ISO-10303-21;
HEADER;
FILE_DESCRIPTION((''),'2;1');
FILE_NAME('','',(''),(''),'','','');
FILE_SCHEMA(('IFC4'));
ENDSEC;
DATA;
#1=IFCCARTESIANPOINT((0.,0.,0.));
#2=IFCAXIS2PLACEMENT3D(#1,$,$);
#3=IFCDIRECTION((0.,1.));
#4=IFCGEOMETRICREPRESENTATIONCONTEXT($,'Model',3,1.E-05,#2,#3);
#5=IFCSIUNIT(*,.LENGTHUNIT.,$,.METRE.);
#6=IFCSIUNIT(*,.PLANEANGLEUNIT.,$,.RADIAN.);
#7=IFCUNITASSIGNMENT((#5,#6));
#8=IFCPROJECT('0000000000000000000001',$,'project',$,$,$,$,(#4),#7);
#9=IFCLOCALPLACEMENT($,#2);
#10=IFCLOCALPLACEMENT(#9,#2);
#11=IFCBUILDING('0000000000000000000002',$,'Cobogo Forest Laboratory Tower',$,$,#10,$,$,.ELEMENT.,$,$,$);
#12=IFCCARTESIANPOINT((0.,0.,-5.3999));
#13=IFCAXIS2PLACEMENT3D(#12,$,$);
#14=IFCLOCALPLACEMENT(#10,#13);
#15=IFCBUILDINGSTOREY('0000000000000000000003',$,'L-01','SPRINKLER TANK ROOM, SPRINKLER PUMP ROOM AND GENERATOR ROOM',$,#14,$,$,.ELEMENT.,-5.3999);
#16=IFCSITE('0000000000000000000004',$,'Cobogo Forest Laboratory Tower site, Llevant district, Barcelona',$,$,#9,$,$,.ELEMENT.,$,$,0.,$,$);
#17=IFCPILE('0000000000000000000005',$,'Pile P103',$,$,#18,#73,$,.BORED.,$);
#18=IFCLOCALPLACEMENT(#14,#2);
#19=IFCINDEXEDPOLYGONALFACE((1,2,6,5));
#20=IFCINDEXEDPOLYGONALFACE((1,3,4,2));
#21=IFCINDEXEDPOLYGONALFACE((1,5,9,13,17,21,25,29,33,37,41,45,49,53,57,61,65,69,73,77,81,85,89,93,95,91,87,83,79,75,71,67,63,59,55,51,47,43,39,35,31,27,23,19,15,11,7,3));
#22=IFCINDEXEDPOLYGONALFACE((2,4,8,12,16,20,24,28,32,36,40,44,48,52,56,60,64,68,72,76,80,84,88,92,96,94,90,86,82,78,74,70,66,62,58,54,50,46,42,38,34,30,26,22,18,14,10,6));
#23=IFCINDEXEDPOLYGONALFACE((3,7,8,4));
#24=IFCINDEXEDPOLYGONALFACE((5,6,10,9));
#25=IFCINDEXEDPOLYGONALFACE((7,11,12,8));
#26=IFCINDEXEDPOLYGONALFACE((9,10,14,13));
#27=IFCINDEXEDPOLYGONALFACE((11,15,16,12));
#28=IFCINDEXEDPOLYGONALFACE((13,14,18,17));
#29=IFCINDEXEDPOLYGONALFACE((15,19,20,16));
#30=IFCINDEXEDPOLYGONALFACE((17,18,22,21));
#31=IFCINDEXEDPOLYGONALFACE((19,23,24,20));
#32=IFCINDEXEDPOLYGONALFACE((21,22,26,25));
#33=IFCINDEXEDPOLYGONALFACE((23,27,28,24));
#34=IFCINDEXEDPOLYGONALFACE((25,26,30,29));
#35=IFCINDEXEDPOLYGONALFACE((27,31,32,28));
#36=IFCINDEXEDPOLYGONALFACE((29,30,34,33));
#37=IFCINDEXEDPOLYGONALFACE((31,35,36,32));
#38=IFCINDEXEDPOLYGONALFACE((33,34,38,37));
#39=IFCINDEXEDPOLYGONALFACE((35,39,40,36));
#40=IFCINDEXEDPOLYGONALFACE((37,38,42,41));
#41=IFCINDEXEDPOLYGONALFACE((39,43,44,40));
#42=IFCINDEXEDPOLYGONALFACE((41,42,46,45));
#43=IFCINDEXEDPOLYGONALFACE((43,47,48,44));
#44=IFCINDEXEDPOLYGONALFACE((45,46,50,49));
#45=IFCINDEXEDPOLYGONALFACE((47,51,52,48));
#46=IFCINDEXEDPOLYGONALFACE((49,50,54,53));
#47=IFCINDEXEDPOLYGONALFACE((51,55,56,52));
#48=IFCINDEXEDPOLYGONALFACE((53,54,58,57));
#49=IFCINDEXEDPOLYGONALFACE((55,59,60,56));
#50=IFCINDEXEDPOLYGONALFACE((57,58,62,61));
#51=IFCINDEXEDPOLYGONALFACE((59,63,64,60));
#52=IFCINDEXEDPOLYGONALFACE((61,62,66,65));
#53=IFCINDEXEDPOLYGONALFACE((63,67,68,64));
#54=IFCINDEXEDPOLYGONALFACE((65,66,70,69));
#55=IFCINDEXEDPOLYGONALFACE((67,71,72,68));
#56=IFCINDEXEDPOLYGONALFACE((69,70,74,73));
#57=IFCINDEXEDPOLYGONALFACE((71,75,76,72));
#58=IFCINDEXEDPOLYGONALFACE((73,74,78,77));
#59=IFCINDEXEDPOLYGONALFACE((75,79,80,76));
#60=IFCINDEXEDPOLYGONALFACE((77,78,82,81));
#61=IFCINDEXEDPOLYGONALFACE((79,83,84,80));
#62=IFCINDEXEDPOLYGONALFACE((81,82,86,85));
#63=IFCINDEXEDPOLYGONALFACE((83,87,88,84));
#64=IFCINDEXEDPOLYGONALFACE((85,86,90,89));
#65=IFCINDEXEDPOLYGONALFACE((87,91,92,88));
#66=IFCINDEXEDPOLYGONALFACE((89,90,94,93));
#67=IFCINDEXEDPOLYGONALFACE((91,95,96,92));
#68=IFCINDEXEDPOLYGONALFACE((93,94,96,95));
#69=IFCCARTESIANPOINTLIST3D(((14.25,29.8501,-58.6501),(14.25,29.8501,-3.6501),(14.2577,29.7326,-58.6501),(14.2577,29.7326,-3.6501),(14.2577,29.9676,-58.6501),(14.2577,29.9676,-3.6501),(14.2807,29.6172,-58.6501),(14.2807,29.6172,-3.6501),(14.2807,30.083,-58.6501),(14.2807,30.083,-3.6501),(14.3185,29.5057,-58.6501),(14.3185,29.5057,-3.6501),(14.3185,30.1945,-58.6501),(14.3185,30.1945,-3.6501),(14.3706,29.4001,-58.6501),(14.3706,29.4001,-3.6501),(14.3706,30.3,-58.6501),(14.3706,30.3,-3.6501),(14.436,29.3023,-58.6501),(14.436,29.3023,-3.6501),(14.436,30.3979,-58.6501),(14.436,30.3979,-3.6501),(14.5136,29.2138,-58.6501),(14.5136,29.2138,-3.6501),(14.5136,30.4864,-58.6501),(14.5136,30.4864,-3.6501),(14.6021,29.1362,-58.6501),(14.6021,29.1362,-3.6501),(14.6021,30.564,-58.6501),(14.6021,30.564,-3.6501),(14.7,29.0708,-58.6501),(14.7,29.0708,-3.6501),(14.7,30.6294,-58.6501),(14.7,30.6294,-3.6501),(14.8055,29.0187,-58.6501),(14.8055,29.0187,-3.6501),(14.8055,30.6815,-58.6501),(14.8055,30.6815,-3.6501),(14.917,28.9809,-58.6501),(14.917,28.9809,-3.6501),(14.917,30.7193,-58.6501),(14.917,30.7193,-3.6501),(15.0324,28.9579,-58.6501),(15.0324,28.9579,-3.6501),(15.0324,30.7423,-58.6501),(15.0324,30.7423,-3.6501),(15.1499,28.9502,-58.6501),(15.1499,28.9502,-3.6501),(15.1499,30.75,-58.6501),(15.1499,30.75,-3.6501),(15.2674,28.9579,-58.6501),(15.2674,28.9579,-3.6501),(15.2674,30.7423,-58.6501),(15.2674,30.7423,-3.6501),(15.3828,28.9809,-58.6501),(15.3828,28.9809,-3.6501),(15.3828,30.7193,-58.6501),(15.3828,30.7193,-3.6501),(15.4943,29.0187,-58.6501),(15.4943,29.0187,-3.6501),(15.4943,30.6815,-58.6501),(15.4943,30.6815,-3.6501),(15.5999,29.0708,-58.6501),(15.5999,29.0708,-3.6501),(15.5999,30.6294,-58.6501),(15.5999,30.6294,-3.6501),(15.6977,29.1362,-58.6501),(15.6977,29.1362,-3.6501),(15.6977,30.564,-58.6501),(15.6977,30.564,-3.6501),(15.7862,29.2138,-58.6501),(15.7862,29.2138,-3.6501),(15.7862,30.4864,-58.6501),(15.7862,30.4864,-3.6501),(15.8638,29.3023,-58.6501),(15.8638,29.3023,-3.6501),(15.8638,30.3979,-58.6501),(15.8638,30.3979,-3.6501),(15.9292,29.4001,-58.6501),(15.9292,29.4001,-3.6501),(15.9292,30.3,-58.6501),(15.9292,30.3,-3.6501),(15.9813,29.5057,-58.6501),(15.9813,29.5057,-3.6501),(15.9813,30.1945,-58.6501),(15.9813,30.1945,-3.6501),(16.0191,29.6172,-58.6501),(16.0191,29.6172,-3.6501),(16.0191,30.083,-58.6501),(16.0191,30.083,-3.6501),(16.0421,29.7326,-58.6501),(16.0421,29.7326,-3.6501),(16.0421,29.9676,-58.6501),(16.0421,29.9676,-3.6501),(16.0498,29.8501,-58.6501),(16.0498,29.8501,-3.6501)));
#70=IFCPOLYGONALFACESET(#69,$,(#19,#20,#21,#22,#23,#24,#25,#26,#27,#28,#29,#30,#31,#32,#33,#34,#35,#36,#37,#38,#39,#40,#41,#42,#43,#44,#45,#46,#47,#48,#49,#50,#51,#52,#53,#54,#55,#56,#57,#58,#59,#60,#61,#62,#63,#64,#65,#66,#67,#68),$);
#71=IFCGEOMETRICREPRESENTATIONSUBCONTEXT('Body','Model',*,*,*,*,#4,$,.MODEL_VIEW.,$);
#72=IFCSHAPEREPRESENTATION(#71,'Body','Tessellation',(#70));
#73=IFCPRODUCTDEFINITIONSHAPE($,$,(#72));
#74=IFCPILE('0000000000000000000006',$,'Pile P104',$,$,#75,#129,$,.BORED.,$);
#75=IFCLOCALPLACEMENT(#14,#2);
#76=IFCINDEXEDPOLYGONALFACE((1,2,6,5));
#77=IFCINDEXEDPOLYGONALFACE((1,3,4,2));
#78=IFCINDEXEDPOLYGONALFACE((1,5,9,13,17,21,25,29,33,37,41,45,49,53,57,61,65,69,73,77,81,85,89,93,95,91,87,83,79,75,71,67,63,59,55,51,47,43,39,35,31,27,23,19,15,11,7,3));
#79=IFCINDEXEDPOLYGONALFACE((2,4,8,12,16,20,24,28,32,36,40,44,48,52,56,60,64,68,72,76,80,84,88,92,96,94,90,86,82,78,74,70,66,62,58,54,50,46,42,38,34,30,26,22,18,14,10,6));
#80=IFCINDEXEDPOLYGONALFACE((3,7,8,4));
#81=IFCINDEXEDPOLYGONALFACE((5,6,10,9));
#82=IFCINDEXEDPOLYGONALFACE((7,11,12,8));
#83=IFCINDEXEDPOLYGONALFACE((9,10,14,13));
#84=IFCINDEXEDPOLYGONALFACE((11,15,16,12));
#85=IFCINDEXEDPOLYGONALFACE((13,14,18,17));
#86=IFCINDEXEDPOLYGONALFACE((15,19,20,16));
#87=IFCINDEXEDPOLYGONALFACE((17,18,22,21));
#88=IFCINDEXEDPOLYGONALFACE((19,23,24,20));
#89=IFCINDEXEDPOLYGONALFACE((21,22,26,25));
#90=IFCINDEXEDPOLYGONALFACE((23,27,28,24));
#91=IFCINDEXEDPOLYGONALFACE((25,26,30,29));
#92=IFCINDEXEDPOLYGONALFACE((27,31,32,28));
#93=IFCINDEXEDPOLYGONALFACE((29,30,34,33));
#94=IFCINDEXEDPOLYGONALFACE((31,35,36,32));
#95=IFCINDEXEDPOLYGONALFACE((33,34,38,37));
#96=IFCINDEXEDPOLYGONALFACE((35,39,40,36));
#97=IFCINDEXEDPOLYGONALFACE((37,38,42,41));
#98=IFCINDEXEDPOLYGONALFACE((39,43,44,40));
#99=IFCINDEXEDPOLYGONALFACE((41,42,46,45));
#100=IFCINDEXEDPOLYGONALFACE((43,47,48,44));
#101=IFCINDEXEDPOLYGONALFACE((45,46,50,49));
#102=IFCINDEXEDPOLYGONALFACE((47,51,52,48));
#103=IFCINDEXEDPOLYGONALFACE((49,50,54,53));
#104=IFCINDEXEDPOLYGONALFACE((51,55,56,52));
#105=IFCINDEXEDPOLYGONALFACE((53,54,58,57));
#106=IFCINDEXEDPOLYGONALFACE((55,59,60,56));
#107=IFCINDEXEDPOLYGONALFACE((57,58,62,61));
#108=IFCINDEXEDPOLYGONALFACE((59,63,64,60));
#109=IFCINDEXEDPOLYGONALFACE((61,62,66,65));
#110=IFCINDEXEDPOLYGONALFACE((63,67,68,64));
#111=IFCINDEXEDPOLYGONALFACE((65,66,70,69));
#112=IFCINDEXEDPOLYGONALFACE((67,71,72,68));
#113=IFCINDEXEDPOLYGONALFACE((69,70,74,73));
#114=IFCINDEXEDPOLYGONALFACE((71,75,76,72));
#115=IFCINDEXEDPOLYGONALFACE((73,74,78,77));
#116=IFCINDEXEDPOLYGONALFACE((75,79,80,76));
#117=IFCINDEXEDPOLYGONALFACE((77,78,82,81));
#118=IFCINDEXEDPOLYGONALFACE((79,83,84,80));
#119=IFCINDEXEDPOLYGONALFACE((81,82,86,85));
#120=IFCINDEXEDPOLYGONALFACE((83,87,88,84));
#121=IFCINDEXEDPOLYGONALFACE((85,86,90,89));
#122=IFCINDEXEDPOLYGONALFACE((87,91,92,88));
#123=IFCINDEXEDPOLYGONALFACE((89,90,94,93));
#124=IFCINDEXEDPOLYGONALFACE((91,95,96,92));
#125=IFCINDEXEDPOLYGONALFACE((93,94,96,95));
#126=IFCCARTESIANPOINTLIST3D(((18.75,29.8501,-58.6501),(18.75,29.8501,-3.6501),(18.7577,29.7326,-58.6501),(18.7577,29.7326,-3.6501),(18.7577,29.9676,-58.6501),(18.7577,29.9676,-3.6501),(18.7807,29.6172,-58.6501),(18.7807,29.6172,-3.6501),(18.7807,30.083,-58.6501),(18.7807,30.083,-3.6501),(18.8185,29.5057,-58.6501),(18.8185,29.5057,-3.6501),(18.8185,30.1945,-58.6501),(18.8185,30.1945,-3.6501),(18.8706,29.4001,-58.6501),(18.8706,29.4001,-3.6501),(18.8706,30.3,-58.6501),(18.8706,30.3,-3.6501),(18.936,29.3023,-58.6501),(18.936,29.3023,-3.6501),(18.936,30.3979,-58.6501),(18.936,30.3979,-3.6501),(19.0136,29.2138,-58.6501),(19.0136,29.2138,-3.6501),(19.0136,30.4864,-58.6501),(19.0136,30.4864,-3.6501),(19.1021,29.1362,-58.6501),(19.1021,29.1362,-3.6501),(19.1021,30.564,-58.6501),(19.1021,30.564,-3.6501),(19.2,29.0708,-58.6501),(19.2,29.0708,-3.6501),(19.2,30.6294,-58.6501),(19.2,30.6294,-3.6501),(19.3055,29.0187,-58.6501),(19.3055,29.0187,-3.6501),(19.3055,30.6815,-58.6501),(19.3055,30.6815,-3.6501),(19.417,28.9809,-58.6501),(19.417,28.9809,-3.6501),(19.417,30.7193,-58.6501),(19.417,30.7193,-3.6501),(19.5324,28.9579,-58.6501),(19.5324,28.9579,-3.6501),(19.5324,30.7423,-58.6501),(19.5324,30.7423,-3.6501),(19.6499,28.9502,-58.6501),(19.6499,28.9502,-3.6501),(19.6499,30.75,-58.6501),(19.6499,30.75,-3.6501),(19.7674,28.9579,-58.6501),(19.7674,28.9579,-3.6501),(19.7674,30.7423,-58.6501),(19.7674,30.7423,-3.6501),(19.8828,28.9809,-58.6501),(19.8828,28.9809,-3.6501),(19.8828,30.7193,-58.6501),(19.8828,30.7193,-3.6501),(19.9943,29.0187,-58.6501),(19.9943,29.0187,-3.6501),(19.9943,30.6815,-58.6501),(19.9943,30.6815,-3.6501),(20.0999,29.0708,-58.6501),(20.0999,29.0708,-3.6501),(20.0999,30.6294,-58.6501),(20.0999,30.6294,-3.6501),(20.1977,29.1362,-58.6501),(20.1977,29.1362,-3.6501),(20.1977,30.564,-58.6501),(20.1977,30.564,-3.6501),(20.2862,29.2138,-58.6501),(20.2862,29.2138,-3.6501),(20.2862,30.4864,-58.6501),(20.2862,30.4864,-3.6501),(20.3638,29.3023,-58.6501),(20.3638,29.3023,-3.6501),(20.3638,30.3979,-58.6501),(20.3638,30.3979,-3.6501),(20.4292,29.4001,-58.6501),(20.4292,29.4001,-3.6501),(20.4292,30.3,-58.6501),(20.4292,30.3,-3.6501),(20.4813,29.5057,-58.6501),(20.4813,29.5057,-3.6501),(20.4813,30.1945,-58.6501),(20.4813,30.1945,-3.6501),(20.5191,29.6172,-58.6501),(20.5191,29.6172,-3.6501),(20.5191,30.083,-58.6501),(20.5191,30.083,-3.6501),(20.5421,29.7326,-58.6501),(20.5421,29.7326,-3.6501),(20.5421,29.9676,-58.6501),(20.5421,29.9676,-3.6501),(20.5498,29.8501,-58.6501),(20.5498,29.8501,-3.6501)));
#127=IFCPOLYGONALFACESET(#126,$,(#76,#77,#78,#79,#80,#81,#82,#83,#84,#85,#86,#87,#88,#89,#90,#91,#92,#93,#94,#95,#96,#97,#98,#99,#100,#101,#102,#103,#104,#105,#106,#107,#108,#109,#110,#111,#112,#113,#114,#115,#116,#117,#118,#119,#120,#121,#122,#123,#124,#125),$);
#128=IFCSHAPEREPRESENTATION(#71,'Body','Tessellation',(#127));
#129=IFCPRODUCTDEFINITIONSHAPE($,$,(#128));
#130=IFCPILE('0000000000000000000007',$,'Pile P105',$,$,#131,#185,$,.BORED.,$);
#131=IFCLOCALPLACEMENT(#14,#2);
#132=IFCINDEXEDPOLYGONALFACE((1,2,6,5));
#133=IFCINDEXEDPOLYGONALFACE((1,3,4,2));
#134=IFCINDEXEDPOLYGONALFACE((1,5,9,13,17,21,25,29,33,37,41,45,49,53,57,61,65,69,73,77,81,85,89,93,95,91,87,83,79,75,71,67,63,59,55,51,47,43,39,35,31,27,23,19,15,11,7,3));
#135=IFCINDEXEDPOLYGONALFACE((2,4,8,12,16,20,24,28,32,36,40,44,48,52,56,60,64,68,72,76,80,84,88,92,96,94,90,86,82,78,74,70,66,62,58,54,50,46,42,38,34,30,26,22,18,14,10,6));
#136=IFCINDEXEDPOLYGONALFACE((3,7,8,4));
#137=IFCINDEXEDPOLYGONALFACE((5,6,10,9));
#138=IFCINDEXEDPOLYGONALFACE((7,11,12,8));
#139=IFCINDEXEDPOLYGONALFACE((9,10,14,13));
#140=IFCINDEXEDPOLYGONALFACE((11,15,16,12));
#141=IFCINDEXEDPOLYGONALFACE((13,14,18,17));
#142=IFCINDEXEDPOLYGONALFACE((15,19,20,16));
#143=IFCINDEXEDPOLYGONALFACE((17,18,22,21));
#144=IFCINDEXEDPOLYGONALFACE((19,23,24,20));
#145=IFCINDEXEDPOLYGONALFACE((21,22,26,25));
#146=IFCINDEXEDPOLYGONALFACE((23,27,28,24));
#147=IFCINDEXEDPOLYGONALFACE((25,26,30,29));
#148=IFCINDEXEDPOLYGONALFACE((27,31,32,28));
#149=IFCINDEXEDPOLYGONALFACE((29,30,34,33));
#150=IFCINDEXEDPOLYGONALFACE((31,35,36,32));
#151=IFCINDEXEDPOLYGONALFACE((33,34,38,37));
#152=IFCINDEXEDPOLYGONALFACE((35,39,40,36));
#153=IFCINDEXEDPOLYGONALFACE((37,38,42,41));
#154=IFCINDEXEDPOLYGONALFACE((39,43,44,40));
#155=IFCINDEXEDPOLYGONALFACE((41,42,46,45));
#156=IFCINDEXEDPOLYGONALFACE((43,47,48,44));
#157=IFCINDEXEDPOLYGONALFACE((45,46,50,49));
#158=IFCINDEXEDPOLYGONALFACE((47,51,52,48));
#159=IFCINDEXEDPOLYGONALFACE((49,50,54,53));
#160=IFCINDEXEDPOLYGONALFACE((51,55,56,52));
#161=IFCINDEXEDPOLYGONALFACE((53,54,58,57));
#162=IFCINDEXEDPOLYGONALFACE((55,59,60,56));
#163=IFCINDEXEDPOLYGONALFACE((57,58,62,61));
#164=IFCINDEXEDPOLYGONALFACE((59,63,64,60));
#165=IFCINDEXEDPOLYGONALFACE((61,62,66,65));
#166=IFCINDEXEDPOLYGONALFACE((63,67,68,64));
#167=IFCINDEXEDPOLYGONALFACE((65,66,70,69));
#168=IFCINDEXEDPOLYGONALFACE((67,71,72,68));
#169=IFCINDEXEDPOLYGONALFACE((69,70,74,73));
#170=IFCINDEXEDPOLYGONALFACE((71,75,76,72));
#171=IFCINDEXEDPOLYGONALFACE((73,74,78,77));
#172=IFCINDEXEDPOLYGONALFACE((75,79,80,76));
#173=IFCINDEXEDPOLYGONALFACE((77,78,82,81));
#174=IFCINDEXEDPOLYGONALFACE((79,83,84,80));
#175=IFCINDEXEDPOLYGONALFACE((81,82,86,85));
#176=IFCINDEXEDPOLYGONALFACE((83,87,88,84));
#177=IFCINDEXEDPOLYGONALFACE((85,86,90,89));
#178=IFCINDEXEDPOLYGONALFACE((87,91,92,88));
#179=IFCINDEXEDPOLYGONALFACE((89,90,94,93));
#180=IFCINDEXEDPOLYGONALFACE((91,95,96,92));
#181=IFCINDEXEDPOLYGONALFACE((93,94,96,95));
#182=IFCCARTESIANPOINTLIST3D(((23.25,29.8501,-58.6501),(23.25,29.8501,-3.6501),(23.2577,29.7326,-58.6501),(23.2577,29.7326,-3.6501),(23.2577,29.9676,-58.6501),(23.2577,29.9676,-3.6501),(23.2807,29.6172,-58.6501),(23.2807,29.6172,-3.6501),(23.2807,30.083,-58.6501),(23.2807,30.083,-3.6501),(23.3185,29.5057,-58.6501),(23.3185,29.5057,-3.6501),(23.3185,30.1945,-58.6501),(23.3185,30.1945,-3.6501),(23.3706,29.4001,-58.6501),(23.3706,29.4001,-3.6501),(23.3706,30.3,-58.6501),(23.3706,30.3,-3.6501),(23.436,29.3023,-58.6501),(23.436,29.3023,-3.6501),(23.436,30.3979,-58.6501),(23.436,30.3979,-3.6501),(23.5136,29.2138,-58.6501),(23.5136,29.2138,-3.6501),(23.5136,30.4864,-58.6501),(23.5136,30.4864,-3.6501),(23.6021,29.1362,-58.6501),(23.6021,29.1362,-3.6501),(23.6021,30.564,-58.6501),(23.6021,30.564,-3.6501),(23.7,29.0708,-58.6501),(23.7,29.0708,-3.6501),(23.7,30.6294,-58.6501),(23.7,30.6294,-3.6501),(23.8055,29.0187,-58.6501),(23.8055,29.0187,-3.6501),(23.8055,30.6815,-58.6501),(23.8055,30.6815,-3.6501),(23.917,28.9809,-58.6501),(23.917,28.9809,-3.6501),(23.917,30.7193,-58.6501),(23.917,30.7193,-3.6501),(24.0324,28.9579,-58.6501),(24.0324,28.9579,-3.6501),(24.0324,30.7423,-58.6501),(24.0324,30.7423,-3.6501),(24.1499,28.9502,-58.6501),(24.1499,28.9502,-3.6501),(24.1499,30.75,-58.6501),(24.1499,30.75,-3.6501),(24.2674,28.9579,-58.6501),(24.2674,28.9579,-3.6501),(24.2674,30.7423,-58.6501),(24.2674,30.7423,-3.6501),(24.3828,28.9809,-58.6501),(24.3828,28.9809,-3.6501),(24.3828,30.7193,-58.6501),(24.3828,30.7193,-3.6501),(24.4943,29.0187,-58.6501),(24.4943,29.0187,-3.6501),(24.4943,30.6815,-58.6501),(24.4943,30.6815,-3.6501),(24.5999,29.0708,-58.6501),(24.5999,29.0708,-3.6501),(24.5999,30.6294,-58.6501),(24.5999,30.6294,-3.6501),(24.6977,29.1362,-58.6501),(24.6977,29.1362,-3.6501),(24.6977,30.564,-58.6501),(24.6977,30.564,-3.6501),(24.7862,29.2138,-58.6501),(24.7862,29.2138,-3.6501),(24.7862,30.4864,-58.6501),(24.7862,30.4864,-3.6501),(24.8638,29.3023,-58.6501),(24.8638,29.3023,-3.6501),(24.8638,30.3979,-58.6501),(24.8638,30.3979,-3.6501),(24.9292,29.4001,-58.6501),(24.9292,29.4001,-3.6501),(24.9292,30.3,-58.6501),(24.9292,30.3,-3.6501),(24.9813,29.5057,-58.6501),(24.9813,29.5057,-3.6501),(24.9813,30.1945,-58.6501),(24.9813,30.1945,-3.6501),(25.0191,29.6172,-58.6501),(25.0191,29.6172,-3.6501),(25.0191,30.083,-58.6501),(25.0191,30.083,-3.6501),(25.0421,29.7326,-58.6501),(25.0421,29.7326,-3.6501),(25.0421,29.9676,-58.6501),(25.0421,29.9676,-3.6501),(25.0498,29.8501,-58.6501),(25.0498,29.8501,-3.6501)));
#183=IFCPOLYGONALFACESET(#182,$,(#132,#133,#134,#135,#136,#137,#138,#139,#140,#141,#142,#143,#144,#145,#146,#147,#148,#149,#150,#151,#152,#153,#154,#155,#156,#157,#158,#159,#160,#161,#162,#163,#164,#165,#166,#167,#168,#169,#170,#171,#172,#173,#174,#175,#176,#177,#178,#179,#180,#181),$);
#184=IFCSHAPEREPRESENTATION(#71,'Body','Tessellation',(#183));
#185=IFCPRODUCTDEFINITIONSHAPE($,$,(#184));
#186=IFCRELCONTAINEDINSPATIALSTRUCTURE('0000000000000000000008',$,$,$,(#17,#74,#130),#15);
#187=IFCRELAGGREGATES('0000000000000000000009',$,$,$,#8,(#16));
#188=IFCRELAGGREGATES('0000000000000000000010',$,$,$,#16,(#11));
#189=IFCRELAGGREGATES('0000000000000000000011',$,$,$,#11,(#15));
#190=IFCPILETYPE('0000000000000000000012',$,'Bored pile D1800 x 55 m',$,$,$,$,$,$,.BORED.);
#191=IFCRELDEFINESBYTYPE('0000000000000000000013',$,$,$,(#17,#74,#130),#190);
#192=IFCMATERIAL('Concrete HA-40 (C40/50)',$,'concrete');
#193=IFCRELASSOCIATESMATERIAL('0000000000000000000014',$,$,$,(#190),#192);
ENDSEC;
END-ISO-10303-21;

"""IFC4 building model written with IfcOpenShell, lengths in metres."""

from ifc_helpers import new_model, si_unit, direction, frame, origin, origin_2d, place, context, subcontext, project, spatial, circle, extrude, material, material_profile, profile_set, type_object, element, save


model = new_model("IFC4")

# Units and contexts
model_context = context("Model", 3, precision=1e-05, world=origin(), true_north=direction((0.0, 1.0)))
body_context = subcontext(model_context, "Body", "Model", "MODEL_VIEW")
ifc_project = project(units=[si_unit("LENGTHUNIT", "METRE"), si_unit("PLANEANGLEUNIT", "RADIAN")], contexts=[model_context])

# Site, building, storey
site_placement = place(None, origin())
site = spatial("IfcSite", under=ifc_project, at=site_placement, Name="Cobogo Forest Laboratory Tower site, Llevant district, Barcelona", CompositionType="ELEMENT", RefElevation=0.0)
building_placement = place(site_placement, origin())
building = spatial("IfcBuilding", under=site, at=building_placement, Name="Cobogo Forest Laboratory Tower", CompositionType="ELEMENT")
storey_placement = place(building_placement, frame((0.0, 0.0, -5.3999)))
storey = spatial("IfcBuildingStorey", under=building, at=storey_placement, Name="L-01", Description="SPRINKLER TANK ROOM, SPRINKLER PUMP ROOM AND GENERATOR ROOM", CompositionType="ELEMENT", Elevation=-5.3999)

# Piles
ifc_material_1 = material(Name="Concrete HA-40 (C40/50)", Category="concrete")
ifc_material_profile = material_profile(ifc_material_1, circle(Radius=0.8999, at=origin_2d()), Name="PILE D1800")
ifc_profile_set = profile_set([ifc_material_profile], Name="Concrete HA-40 (C40/50)")
pile_type = type_object("IfcPileType", Name="Bored pile D1800 x 55 m", PredefinedType="BORED", material=ifc_profile_set)
for number, where, z_axis, x_axis, name in (
    (1, (15.1499, 29.8501, -3.6501), (0.0, 0.0, -1.0), (1.0, 0.0, 0.0), "Pile P103"),
    (2, (19.6499, 29.8501, -3.6501), (0.0, 0.0, -1.0), (1.0, 0.0, 0.0), "Pile P104"),
    (3, (24.1499, 29.8501, -3.6501), (0.0, 0.0, -1.0), (1.0, 0.0, 0.0), "Pile P105"),
):
    element("IfcPile", number, at=place(storey_placement, frame(where, z_axis=z_axis, x_axis=x_axis)), inside=storey, type_object=pile_type, Name=name, PredefinedType="BORED", context=body_context, shape_type="SweptSolid", body=[
        extrude(circle(Radius=0.8999, at=origin_2d()), origin(), (0.0, 0.0, 1.0), 55.0),
    ])

save(model, "model.ifc")
